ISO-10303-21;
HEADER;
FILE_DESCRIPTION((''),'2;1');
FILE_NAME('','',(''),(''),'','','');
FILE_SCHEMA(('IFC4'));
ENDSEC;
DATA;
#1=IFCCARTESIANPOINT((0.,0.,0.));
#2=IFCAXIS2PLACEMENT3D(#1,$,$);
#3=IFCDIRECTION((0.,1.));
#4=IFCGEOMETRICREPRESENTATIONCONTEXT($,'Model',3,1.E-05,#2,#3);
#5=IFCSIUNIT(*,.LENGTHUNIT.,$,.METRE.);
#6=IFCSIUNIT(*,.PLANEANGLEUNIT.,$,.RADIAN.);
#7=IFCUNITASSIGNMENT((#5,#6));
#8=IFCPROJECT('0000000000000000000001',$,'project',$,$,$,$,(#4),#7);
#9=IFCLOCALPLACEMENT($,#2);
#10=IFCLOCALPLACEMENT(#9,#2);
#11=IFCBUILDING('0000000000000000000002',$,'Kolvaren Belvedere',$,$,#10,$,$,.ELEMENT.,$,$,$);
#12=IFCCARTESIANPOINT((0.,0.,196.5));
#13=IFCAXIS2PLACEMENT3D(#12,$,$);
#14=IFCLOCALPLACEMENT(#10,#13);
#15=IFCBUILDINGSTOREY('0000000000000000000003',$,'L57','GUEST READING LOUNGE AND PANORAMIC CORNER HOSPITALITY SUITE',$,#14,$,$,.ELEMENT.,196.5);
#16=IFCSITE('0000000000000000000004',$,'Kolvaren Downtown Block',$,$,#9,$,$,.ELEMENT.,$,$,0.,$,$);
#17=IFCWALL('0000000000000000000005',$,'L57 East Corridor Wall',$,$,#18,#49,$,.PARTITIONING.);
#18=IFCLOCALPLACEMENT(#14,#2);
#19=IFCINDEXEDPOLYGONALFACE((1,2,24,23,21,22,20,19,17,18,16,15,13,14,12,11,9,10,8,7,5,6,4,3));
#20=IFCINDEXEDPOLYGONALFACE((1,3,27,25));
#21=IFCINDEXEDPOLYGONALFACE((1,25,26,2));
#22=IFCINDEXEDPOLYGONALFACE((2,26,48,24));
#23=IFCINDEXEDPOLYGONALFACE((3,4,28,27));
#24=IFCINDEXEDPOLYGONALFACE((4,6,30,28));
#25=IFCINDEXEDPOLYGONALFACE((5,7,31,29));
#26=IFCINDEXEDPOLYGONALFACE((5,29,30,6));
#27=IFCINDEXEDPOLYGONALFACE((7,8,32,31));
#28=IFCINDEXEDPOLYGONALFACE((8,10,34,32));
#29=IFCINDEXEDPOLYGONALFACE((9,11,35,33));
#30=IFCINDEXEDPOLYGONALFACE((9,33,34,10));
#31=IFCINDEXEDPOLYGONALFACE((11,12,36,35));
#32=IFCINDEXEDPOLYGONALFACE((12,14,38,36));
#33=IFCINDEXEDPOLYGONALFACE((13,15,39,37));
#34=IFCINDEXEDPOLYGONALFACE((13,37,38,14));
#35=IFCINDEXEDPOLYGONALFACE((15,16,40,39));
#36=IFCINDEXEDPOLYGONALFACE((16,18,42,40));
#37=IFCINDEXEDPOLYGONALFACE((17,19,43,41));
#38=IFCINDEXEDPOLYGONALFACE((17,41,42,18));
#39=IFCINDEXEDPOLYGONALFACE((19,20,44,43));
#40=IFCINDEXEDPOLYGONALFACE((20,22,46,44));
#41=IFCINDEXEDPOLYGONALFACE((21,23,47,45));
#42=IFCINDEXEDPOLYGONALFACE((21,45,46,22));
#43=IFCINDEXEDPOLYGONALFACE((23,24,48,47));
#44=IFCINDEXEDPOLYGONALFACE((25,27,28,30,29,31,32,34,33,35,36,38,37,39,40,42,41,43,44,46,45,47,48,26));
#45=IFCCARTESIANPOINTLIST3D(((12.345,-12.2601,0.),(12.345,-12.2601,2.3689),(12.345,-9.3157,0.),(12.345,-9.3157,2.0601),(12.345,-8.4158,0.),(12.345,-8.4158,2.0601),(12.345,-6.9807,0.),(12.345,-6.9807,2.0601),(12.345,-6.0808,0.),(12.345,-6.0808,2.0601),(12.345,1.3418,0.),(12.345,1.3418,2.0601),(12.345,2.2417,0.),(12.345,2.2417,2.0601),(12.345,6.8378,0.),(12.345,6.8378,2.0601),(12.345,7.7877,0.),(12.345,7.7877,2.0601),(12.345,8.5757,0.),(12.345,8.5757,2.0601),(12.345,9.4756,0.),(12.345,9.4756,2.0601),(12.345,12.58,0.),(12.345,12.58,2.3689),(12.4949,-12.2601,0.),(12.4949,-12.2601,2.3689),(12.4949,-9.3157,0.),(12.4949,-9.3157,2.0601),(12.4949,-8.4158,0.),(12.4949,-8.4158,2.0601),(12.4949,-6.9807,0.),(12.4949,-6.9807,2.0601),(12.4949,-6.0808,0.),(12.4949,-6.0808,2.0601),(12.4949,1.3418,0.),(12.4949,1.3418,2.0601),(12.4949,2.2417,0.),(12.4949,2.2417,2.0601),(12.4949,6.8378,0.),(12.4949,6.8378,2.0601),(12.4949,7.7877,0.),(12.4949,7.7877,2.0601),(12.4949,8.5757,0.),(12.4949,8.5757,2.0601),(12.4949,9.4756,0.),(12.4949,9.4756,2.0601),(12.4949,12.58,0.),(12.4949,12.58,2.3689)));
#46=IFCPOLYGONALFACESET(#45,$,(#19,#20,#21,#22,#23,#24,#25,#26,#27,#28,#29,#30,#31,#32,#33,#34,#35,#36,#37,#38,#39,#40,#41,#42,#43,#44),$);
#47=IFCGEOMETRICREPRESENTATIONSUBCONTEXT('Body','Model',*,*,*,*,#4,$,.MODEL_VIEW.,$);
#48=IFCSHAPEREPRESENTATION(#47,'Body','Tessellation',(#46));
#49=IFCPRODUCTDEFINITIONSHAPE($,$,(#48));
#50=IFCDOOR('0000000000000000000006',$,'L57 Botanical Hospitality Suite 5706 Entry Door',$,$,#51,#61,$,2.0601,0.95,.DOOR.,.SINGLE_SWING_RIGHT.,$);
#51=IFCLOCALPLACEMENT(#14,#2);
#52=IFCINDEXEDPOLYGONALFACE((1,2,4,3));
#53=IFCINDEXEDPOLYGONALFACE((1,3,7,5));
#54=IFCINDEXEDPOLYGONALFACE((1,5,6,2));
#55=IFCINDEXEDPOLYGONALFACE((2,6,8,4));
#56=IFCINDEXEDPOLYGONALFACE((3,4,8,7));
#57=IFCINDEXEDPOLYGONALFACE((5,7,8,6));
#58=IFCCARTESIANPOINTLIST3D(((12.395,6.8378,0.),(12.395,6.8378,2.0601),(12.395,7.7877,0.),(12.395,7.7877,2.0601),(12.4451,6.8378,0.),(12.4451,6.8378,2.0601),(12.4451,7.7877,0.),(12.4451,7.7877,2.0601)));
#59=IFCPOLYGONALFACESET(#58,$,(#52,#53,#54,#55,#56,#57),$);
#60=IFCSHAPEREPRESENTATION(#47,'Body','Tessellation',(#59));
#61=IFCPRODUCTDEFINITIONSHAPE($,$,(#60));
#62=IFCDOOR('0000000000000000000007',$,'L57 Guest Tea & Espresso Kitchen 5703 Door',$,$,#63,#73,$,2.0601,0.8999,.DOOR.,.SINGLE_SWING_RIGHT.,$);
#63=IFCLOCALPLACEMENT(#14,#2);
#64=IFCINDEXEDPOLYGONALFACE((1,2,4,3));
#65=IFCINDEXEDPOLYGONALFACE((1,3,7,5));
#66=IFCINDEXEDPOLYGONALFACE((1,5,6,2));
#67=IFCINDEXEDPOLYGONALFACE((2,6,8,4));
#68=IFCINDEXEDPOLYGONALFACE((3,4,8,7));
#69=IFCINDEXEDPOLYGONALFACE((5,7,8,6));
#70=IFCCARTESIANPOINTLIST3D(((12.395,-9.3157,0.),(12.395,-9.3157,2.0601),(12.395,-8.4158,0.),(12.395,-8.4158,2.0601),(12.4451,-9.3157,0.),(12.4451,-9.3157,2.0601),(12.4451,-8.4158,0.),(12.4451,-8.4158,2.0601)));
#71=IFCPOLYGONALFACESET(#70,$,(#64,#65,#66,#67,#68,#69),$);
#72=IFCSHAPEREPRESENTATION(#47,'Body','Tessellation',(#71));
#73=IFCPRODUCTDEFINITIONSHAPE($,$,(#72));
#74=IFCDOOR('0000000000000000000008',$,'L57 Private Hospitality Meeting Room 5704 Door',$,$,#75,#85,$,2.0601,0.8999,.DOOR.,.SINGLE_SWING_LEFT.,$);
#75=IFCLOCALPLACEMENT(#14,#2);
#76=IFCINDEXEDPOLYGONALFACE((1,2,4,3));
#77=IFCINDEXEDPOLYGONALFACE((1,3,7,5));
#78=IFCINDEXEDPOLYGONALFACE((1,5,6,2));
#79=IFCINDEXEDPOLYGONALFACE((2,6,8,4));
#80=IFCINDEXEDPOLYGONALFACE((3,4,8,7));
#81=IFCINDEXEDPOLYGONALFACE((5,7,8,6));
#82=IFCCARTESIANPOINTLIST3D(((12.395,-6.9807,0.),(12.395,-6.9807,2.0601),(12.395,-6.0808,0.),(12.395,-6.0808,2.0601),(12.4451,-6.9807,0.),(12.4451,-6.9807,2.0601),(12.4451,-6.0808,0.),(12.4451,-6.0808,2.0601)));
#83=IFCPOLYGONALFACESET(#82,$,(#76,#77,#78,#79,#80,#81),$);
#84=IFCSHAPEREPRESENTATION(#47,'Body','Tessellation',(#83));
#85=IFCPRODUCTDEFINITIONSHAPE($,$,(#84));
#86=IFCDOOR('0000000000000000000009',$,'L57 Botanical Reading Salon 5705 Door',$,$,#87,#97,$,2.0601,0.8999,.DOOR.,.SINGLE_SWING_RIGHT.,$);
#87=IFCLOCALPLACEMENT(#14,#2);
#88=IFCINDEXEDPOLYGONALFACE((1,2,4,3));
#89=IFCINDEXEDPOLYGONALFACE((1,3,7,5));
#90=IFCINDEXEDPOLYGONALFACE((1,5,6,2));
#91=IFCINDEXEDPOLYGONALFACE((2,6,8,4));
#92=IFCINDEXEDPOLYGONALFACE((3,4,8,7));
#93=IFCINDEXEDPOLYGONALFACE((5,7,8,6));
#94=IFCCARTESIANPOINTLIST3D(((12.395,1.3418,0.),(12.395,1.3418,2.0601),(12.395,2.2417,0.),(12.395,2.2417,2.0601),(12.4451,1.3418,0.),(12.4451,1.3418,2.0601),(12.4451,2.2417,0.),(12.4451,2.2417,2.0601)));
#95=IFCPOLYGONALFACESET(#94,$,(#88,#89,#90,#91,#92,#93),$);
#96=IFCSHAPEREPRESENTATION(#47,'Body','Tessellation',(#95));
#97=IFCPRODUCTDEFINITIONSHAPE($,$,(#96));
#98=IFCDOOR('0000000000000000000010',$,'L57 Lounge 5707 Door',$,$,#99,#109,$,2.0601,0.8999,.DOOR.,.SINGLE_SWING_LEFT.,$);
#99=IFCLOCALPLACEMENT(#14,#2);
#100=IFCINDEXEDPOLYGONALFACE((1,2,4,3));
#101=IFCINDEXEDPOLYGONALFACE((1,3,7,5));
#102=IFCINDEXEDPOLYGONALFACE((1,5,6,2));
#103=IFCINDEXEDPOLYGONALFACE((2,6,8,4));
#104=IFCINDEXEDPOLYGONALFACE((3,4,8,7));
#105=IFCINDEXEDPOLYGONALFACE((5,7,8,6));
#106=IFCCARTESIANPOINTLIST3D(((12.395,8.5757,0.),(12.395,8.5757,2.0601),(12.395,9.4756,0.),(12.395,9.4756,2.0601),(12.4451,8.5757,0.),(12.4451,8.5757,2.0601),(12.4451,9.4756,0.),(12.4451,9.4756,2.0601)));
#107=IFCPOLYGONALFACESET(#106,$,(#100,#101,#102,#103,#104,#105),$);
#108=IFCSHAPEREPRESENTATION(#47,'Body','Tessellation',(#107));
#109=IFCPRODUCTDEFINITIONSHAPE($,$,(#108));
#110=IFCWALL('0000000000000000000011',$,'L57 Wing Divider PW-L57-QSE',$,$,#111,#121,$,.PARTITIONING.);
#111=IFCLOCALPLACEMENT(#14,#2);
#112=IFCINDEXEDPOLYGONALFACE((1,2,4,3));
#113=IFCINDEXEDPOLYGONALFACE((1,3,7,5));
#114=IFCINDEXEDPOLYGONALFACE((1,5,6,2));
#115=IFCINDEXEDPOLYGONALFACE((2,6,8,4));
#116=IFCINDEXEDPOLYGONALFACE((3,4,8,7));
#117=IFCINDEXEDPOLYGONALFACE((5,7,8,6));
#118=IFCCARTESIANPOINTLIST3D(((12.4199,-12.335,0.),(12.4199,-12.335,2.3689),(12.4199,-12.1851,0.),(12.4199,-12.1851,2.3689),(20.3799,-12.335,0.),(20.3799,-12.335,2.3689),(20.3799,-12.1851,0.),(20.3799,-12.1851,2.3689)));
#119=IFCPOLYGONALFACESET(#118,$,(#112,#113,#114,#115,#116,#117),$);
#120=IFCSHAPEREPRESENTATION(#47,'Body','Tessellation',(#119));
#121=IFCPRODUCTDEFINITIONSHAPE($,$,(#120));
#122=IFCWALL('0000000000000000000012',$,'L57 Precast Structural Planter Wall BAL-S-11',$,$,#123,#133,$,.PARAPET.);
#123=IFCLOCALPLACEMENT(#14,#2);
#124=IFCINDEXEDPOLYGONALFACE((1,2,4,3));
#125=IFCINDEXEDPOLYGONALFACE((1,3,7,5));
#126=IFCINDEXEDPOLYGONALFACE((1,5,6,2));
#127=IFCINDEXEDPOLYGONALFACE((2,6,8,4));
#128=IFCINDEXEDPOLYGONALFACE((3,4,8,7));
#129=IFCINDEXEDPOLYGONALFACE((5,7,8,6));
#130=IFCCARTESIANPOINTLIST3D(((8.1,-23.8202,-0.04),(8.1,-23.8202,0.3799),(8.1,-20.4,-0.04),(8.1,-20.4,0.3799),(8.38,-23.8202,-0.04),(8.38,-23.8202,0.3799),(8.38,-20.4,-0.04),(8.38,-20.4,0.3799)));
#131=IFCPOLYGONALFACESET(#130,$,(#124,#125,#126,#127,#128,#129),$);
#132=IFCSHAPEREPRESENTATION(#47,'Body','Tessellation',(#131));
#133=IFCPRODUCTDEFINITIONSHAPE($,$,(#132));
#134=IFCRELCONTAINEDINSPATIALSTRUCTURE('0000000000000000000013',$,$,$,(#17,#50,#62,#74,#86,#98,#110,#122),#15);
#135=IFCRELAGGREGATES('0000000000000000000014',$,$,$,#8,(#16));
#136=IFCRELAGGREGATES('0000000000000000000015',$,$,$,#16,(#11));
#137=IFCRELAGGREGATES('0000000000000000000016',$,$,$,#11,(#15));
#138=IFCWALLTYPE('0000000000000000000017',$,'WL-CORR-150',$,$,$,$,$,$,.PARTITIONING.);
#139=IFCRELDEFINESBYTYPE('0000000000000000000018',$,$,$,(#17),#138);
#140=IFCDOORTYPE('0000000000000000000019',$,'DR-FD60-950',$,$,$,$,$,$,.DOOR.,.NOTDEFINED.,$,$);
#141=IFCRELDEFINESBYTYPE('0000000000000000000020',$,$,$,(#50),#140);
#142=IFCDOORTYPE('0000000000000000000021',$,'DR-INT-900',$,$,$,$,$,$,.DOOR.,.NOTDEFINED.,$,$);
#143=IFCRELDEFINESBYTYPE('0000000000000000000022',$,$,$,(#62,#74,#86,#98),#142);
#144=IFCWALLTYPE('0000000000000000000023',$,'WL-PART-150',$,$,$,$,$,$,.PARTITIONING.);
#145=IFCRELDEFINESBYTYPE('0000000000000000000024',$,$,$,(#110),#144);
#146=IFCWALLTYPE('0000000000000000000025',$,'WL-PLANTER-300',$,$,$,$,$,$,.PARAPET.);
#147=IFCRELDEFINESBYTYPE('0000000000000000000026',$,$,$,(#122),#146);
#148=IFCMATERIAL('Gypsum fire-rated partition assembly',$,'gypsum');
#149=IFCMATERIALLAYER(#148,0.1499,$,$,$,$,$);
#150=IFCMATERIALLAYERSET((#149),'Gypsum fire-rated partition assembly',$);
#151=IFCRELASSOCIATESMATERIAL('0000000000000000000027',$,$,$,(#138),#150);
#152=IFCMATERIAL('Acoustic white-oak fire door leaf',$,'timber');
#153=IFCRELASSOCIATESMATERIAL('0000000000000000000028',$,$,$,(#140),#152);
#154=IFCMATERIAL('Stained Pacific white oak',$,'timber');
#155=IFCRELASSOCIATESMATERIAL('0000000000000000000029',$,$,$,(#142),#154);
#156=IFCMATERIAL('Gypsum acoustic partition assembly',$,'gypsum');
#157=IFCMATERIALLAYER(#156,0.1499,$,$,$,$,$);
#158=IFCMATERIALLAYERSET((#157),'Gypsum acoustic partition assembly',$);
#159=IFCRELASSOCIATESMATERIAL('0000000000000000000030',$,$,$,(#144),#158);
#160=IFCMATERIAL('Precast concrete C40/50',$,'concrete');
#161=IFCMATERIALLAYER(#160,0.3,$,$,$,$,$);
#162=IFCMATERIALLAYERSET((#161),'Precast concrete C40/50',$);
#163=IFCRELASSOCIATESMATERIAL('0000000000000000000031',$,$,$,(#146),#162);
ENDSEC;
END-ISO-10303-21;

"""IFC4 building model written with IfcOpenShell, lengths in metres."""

from ifc_helpers import new_model, si_unit, direction, frame, frame_2d, origin, place, context, subcontext, project, spatial, rectangle, extrude, material, layer, layer_set, type_object, element, fill, save


model = new_model("IFC4")

# Units and contexts
model_context = context("Model", 3, precision=1e-05, world=origin(), true_north=direction((0.0, 1.0)))
body_context = subcontext(model_context, "Body", "Model", "MODEL_VIEW")
ifc_project = project(units=[si_unit("LENGTHUNIT", "METRE"), si_unit("PLANEANGLEUNIT", "RADIAN")], contexts=[model_context])

# Site, building, storey
site_placement = place(None, origin())
site = spatial("IfcSite", under=ifc_project, at=site_placement, Name="Kolvaren Downtown Block", CompositionType="ELEMENT", RefElevation=0.0)
building_placement = place(site_placement, origin())
building = spatial("IfcBuilding", under=site, at=building_placement, Name="Kolvaren Belvedere", CompositionType="ELEMENT")
storey_placement = place(building_placement, frame((0.0, 0.0, 196.5)))
storey = spatial("IfcBuildingStorey", under=building, at=storey_placement, Name="L57", Description="GUEST READING LOUNGE AND PANORAMIC CORNER HOSPITALITY SUITE", CompositionType="ELEMENT", Elevation=196.5)

# Wall, openings, doors
ifc_material_1 = material(Name="Gypsum fire-rated partition assembly", Category="gypsum")
ifc_layer_1 = layer(ifc_material_1, 0.1499)
ifc_layer_set_1 = layer_set([ifc_layer_1], Name="Gypsum fire-rated partition assembly")
wall_type_1 = type_object("IfcWallType", Name="WL-CORR-150", PredefinedType="PARTITIONING", material=ifc_layer_set_1)
wall_1_placement = place(storey_placement, frame((12.4199, -12.26, 0.0), z_axis=(0.0, 0.0, 1.0), x_axis=(0.0, 1.0, 0.0)))
wall_1 = element("IfcWall", 1, at=wall_1_placement, inside=storey, type_object=wall_type_1, Name="L57 East Corridor Wall", PredefinedType="PARTITIONING", context=body_context, shape_type="SweptSolid", body=[
    extrude(rectangle(XDim=24.8401, YDim=0.1499, at=frame_2d((12.4199, 0.0))), origin(), (0.0, 0.0, 1.0), 2.3689),
])
opening_1_placement = place(wall_1_placement, frame((2.9443, 0.0, 0.0)))
opening_1 = element("IfcOpeningElement", 2, at=opening_1_placement, cuts=wall_1, PredefinedType="OPENING", context=body_context, shape_type="SweptSolid", body=[
    extrude(rectangle(XDim=0.8999, YDim=2.0601, at=frame_2d((0.45, 1.03))), frame((0.0, 0.085, 0.0), z_axis=(0.0, -1.0, 0.0), x_axis=(1.0, 0.0, 0.0)), (0.0, 0.0, 1.0), 0.1699),
])
opening_2_placement = place(wall_1_placement, frame((5.2793, 0.0, 0.0)))
opening_2 = element("IfcOpeningElement", 3, at=opening_2_placement, cuts=wall_1, PredefinedType="OPENING", context=body_context, shape_type="SweptSolid", body=[
    extrude(rectangle(XDim=0.8999, YDim=2.0601, at=frame_2d((0.45, 1.03))), frame((0.0, 0.085, 0.0), z_axis=(0.0, -1.0, 0.0), x_axis=(1.0, 0.0, 0.0)), (0.0, 0.0, 1.0), 0.1699),
])
opening_3_placement = place(wall_1_placement, frame((13.6018, 0.0, 0.0)))
opening_3 = element("IfcOpeningElement", 4, at=opening_3_placement, cuts=wall_1, PredefinedType="OPENING", context=body_context, shape_type="SweptSolid", body=[
    extrude(rectangle(XDim=0.8999, YDim=2.0601, at=frame_2d((0.45, 1.03))), frame((0.0, 0.085, 0.0), z_axis=(0.0, -1.0, 0.0), x_axis=(1.0, 0.0, 0.0)), (0.0, 0.0, 1.0), 0.1699),
])
opening_4_placement = place(wall_1_placement, frame((19.0977, 0.0, 0.0)))
opening_4 = element("IfcOpeningElement", 5, at=opening_4_placement, cuts=wall_1, PredefinedType="OPENING", context=body_context, shape_type="SweptSolid", body=[
    extrude(rectangle(XDim=0.95, YDim=2.0601, at=frame_2d((0.4751, 1.03))), frame((0.0, 0.085, 0.0), z_axis=(0.0, -1.0, 0.0), x_axis=(1.0, 0.0, 0.0)), (0.0, 0.0, 1.0), 0.1699),
])
opening_5_placement = place(wall_1_placement, frame((20.8357, 0.0, 0.0)))
opening_5 = element("IfcOpeningElement", 6, at=opening_5_placement, cuts=wall_1, PredefinedType="OPENING", context=body_context, shape_type="SweptSolid", body=[
    extrude(rectangle(XDim=0.8999, YDim=2.0601, at=frame_2d((0.45, 1.03))), frame((0.0, 0.085, 0.0), z_axis=(0.0, -1.0, 0.0), x_axis=(1.0, 0.0, 0.0)), (0.0, 0.0, 1.0), 0.1699),
])
ifc_material_2 = material(Name="Acoustic white-oak fire door leaf", Category="timber")
door_type_1 = type_object("IfcDoorType", Name="DR-FD60-950", OperationType="NOTDEFINED", PredefinedType="DOOR", material=ifc_material_2)
door_1_placement = place(opening_4_placement, origin())
door_1 = element("IfcDoor", 7, at=door_1_placement, inside=storey, type_object=door_type_1, Name="L57 Botanical Hospitality Suite 5706 Entry Door", OperationType="SINGLE_SWING_RIGHT", OverallHeight=2.0601, OverallWidth=0.95, PredefinedType="DOOR", context=body_context, shape_type="SweptSolid", body=[
    extrude(rectangle(XDim=0.95, YDim=2.0601, at=frame_2d((0.4751, 1.03))), frame((0.0, 0.0249, 0.0), z_axis=(0.0, -1.0, 0.0), x_axis=(1.0, 0.0, 0.0)), (0.0, 0.0, 1.0), 0.05),
])
fill(opening_4, door_1)
ifc_material_3 = material(Name="Stained Pacific white oak", Category="timber")
door_type_2 = type_object("IfcDoorType", Name="DR-INT-900", OperationType="NOTDEFINED", PredefinedType="DOOR", material=ifc_material_3)
door_2_placement = place(opening_1_placement, origin())
door_2 = element("IfcDoor", 8, at=door_2_placement, inside=storey, type_object=door_type_2, Name="L57 Guest Tea & Espresso Kitchen 5703 Door", OperationType="SINGLE_SWING_RIGHT", OverallHeight=2.0601, OverallWidth=0.8999, PredefinedType="DOOR", context=body_context, shape_type="SweptSolid", body=[
    extrude(rectangle(XDim=0.8999, YDim=2.0601, at=frame_2d((0.45, 1.03))), frame((0.0, 0.0249, 0.0), z_axis=(0.0, -1.0, 0.0), x_axis=(1.0, 0.0, 0.0)), (0.0, 0.0, 1.0), 0.05),
])
fill(opening_1, door_2)
door_3_placement = place(opening_2_placement, origin())
door_3 = element("IfcDoor", 9, at=door_3_placement, inside=storey, type_object=door_type_2, Name="L57 Private Hospitality Meeting Room 5704 Door", OperationType="SINGLE_SWING_LEFT", OverallHeight=2.0601, OverallWidth=0.8999, PredefinedType="DOOR", context=body_context, shape_type="SweptSolid", body=[
    extrude(rectangle(XDim=0.8999, YDim=2.0601, at=frame_2d((0.45, 1.03))), frame((0.0, 0.0249, 0.0), z_axis=(0.0, -1.0, 0.0), x_axis=(1.0, 0.0, 0.0)), (0.0, 0.0, 1.0), 0.05),
])
fill(opening_2, door_3)
door_4_placement = place(opening_3_placement, origin())
door_4 = element("IfcDoor", 10, at=door_4_placement, inside=storey, type_object=door_type_2, Name="L57 Botanical Reading Salon 5705 Door", OperationType="SINGLE_SWING_RIGHT", OverallHeight=2.0601, OverallWidth=0.8999, PredefinedType="DOOR", context=body_context, shape_type="SweptSolid", body=[
    extrude(rectangle(XDim=0.8999, YDim=2.0601, at=frame_2d((0.45, 1.03))), frame((0.0, 0.0249, 0.0), z_axis=(0.0, -1.0, 0.0), x_axis=(1.0, 0.0, 0.0)), (0.0, 0.0, 1.0), 0.05),
])
fill(opening_3, door_4)
door_5_placement = place(opening_5_placement, origin())
door_5 = element("IfcDoor", 11, at=door_5_placement, inside=storey, type_object=door_type_2, Name="L57 Lounge 5707 Door", OperationType="SINGLE_SWING_LEFT", OverallHeight=2.0601, OverallWidth=0.8999, PredefinedType="DOOR", context=body_context, shape_type="SweptSolid", body=[
    extrude(rectangle(XDim=0.8999, YDim=2.0601, at=frame_2d((0.45, 1.03))), frame((0.0, 0.0249, 0.0), z_axis=(0.0, -1.0, 0.0), x_axis=(1.0, 0.0, 0.0)), (0.0, 0.0, 1.0), 0.05),
])
fill(opening_5, door_5)

# Walls
ifc_material_4 = material(Name="Gypsum acoustic partition assembly", Category="gypsum")
ifc_layer_2 = layer(ifc_material_4, 0.1499)
ifc_layer_set_2 = layer_set([ifc_layer_2], Name="Gypsum acoustic partition assembly")
wall_type_2 = type_object("IfcWallType", Name="WL-PART-150", PredefinedType="PARTITIONING", material=ifc_layer_set_2)
wall_2_placement = place(storey_placement, frame((12.4199, -12.26, 0.0), z_axis=(0.0, 0.0, 1.0), x_axis=(1.0, 0.0, 0.0)))
element("IfcWall", 12, at=wall_2_placement, inside=storey, type_object=wall_type_2, Name="L57 Wing Divider PW-L57-QSE", PredefinedType="PARTITIONING", context=body_context, shape_type="SweptSolid", body=[
    extrude(rectangle(XDim=7.96, YDim=0.1499, at=frame_2d((3.98, 0.0))), origin(), (0.0, 0.0, 1.0), 2.3689),
])
ifc_material_5 = material(Name="Precast concrete C40/50", Category="concrete")
ifc_layer_3 = layer(ifc_material_5, 0.3)
ifc_layer_set_3 = layer_set([ifc_layer_3], Name="Precast concrete C40/50")
wall_type_3 = type_object("IfcWallType", Name="WL-PLANTER-300", PredefinedType="PARAPET", material=ifc_layer_set_3)
wall_3_placement = place(storey_placement, frame((8.24, -23.8201, -0.04), z_axis=(0.0, 0.0, 1.0), x_axis=(0.0, 1.0, 0.0)))
element("IfcWall", 13, at=wall_3_placement, inside=storey, type_object=wall_type_3, Name="L57 Precast Structural Planter Wall BAL-S-11", PredefinedType="PARAPET", context=body_context, shape_type="SweptSolid", body=[
    extrude(rectangle(XDim=3.4202, YDim=0.28, at=frame_2d((1.71, 0.0))), origin(), (0.0, 0.0, 1.0), 0.4199),
])

save(model, "model.ifc")
